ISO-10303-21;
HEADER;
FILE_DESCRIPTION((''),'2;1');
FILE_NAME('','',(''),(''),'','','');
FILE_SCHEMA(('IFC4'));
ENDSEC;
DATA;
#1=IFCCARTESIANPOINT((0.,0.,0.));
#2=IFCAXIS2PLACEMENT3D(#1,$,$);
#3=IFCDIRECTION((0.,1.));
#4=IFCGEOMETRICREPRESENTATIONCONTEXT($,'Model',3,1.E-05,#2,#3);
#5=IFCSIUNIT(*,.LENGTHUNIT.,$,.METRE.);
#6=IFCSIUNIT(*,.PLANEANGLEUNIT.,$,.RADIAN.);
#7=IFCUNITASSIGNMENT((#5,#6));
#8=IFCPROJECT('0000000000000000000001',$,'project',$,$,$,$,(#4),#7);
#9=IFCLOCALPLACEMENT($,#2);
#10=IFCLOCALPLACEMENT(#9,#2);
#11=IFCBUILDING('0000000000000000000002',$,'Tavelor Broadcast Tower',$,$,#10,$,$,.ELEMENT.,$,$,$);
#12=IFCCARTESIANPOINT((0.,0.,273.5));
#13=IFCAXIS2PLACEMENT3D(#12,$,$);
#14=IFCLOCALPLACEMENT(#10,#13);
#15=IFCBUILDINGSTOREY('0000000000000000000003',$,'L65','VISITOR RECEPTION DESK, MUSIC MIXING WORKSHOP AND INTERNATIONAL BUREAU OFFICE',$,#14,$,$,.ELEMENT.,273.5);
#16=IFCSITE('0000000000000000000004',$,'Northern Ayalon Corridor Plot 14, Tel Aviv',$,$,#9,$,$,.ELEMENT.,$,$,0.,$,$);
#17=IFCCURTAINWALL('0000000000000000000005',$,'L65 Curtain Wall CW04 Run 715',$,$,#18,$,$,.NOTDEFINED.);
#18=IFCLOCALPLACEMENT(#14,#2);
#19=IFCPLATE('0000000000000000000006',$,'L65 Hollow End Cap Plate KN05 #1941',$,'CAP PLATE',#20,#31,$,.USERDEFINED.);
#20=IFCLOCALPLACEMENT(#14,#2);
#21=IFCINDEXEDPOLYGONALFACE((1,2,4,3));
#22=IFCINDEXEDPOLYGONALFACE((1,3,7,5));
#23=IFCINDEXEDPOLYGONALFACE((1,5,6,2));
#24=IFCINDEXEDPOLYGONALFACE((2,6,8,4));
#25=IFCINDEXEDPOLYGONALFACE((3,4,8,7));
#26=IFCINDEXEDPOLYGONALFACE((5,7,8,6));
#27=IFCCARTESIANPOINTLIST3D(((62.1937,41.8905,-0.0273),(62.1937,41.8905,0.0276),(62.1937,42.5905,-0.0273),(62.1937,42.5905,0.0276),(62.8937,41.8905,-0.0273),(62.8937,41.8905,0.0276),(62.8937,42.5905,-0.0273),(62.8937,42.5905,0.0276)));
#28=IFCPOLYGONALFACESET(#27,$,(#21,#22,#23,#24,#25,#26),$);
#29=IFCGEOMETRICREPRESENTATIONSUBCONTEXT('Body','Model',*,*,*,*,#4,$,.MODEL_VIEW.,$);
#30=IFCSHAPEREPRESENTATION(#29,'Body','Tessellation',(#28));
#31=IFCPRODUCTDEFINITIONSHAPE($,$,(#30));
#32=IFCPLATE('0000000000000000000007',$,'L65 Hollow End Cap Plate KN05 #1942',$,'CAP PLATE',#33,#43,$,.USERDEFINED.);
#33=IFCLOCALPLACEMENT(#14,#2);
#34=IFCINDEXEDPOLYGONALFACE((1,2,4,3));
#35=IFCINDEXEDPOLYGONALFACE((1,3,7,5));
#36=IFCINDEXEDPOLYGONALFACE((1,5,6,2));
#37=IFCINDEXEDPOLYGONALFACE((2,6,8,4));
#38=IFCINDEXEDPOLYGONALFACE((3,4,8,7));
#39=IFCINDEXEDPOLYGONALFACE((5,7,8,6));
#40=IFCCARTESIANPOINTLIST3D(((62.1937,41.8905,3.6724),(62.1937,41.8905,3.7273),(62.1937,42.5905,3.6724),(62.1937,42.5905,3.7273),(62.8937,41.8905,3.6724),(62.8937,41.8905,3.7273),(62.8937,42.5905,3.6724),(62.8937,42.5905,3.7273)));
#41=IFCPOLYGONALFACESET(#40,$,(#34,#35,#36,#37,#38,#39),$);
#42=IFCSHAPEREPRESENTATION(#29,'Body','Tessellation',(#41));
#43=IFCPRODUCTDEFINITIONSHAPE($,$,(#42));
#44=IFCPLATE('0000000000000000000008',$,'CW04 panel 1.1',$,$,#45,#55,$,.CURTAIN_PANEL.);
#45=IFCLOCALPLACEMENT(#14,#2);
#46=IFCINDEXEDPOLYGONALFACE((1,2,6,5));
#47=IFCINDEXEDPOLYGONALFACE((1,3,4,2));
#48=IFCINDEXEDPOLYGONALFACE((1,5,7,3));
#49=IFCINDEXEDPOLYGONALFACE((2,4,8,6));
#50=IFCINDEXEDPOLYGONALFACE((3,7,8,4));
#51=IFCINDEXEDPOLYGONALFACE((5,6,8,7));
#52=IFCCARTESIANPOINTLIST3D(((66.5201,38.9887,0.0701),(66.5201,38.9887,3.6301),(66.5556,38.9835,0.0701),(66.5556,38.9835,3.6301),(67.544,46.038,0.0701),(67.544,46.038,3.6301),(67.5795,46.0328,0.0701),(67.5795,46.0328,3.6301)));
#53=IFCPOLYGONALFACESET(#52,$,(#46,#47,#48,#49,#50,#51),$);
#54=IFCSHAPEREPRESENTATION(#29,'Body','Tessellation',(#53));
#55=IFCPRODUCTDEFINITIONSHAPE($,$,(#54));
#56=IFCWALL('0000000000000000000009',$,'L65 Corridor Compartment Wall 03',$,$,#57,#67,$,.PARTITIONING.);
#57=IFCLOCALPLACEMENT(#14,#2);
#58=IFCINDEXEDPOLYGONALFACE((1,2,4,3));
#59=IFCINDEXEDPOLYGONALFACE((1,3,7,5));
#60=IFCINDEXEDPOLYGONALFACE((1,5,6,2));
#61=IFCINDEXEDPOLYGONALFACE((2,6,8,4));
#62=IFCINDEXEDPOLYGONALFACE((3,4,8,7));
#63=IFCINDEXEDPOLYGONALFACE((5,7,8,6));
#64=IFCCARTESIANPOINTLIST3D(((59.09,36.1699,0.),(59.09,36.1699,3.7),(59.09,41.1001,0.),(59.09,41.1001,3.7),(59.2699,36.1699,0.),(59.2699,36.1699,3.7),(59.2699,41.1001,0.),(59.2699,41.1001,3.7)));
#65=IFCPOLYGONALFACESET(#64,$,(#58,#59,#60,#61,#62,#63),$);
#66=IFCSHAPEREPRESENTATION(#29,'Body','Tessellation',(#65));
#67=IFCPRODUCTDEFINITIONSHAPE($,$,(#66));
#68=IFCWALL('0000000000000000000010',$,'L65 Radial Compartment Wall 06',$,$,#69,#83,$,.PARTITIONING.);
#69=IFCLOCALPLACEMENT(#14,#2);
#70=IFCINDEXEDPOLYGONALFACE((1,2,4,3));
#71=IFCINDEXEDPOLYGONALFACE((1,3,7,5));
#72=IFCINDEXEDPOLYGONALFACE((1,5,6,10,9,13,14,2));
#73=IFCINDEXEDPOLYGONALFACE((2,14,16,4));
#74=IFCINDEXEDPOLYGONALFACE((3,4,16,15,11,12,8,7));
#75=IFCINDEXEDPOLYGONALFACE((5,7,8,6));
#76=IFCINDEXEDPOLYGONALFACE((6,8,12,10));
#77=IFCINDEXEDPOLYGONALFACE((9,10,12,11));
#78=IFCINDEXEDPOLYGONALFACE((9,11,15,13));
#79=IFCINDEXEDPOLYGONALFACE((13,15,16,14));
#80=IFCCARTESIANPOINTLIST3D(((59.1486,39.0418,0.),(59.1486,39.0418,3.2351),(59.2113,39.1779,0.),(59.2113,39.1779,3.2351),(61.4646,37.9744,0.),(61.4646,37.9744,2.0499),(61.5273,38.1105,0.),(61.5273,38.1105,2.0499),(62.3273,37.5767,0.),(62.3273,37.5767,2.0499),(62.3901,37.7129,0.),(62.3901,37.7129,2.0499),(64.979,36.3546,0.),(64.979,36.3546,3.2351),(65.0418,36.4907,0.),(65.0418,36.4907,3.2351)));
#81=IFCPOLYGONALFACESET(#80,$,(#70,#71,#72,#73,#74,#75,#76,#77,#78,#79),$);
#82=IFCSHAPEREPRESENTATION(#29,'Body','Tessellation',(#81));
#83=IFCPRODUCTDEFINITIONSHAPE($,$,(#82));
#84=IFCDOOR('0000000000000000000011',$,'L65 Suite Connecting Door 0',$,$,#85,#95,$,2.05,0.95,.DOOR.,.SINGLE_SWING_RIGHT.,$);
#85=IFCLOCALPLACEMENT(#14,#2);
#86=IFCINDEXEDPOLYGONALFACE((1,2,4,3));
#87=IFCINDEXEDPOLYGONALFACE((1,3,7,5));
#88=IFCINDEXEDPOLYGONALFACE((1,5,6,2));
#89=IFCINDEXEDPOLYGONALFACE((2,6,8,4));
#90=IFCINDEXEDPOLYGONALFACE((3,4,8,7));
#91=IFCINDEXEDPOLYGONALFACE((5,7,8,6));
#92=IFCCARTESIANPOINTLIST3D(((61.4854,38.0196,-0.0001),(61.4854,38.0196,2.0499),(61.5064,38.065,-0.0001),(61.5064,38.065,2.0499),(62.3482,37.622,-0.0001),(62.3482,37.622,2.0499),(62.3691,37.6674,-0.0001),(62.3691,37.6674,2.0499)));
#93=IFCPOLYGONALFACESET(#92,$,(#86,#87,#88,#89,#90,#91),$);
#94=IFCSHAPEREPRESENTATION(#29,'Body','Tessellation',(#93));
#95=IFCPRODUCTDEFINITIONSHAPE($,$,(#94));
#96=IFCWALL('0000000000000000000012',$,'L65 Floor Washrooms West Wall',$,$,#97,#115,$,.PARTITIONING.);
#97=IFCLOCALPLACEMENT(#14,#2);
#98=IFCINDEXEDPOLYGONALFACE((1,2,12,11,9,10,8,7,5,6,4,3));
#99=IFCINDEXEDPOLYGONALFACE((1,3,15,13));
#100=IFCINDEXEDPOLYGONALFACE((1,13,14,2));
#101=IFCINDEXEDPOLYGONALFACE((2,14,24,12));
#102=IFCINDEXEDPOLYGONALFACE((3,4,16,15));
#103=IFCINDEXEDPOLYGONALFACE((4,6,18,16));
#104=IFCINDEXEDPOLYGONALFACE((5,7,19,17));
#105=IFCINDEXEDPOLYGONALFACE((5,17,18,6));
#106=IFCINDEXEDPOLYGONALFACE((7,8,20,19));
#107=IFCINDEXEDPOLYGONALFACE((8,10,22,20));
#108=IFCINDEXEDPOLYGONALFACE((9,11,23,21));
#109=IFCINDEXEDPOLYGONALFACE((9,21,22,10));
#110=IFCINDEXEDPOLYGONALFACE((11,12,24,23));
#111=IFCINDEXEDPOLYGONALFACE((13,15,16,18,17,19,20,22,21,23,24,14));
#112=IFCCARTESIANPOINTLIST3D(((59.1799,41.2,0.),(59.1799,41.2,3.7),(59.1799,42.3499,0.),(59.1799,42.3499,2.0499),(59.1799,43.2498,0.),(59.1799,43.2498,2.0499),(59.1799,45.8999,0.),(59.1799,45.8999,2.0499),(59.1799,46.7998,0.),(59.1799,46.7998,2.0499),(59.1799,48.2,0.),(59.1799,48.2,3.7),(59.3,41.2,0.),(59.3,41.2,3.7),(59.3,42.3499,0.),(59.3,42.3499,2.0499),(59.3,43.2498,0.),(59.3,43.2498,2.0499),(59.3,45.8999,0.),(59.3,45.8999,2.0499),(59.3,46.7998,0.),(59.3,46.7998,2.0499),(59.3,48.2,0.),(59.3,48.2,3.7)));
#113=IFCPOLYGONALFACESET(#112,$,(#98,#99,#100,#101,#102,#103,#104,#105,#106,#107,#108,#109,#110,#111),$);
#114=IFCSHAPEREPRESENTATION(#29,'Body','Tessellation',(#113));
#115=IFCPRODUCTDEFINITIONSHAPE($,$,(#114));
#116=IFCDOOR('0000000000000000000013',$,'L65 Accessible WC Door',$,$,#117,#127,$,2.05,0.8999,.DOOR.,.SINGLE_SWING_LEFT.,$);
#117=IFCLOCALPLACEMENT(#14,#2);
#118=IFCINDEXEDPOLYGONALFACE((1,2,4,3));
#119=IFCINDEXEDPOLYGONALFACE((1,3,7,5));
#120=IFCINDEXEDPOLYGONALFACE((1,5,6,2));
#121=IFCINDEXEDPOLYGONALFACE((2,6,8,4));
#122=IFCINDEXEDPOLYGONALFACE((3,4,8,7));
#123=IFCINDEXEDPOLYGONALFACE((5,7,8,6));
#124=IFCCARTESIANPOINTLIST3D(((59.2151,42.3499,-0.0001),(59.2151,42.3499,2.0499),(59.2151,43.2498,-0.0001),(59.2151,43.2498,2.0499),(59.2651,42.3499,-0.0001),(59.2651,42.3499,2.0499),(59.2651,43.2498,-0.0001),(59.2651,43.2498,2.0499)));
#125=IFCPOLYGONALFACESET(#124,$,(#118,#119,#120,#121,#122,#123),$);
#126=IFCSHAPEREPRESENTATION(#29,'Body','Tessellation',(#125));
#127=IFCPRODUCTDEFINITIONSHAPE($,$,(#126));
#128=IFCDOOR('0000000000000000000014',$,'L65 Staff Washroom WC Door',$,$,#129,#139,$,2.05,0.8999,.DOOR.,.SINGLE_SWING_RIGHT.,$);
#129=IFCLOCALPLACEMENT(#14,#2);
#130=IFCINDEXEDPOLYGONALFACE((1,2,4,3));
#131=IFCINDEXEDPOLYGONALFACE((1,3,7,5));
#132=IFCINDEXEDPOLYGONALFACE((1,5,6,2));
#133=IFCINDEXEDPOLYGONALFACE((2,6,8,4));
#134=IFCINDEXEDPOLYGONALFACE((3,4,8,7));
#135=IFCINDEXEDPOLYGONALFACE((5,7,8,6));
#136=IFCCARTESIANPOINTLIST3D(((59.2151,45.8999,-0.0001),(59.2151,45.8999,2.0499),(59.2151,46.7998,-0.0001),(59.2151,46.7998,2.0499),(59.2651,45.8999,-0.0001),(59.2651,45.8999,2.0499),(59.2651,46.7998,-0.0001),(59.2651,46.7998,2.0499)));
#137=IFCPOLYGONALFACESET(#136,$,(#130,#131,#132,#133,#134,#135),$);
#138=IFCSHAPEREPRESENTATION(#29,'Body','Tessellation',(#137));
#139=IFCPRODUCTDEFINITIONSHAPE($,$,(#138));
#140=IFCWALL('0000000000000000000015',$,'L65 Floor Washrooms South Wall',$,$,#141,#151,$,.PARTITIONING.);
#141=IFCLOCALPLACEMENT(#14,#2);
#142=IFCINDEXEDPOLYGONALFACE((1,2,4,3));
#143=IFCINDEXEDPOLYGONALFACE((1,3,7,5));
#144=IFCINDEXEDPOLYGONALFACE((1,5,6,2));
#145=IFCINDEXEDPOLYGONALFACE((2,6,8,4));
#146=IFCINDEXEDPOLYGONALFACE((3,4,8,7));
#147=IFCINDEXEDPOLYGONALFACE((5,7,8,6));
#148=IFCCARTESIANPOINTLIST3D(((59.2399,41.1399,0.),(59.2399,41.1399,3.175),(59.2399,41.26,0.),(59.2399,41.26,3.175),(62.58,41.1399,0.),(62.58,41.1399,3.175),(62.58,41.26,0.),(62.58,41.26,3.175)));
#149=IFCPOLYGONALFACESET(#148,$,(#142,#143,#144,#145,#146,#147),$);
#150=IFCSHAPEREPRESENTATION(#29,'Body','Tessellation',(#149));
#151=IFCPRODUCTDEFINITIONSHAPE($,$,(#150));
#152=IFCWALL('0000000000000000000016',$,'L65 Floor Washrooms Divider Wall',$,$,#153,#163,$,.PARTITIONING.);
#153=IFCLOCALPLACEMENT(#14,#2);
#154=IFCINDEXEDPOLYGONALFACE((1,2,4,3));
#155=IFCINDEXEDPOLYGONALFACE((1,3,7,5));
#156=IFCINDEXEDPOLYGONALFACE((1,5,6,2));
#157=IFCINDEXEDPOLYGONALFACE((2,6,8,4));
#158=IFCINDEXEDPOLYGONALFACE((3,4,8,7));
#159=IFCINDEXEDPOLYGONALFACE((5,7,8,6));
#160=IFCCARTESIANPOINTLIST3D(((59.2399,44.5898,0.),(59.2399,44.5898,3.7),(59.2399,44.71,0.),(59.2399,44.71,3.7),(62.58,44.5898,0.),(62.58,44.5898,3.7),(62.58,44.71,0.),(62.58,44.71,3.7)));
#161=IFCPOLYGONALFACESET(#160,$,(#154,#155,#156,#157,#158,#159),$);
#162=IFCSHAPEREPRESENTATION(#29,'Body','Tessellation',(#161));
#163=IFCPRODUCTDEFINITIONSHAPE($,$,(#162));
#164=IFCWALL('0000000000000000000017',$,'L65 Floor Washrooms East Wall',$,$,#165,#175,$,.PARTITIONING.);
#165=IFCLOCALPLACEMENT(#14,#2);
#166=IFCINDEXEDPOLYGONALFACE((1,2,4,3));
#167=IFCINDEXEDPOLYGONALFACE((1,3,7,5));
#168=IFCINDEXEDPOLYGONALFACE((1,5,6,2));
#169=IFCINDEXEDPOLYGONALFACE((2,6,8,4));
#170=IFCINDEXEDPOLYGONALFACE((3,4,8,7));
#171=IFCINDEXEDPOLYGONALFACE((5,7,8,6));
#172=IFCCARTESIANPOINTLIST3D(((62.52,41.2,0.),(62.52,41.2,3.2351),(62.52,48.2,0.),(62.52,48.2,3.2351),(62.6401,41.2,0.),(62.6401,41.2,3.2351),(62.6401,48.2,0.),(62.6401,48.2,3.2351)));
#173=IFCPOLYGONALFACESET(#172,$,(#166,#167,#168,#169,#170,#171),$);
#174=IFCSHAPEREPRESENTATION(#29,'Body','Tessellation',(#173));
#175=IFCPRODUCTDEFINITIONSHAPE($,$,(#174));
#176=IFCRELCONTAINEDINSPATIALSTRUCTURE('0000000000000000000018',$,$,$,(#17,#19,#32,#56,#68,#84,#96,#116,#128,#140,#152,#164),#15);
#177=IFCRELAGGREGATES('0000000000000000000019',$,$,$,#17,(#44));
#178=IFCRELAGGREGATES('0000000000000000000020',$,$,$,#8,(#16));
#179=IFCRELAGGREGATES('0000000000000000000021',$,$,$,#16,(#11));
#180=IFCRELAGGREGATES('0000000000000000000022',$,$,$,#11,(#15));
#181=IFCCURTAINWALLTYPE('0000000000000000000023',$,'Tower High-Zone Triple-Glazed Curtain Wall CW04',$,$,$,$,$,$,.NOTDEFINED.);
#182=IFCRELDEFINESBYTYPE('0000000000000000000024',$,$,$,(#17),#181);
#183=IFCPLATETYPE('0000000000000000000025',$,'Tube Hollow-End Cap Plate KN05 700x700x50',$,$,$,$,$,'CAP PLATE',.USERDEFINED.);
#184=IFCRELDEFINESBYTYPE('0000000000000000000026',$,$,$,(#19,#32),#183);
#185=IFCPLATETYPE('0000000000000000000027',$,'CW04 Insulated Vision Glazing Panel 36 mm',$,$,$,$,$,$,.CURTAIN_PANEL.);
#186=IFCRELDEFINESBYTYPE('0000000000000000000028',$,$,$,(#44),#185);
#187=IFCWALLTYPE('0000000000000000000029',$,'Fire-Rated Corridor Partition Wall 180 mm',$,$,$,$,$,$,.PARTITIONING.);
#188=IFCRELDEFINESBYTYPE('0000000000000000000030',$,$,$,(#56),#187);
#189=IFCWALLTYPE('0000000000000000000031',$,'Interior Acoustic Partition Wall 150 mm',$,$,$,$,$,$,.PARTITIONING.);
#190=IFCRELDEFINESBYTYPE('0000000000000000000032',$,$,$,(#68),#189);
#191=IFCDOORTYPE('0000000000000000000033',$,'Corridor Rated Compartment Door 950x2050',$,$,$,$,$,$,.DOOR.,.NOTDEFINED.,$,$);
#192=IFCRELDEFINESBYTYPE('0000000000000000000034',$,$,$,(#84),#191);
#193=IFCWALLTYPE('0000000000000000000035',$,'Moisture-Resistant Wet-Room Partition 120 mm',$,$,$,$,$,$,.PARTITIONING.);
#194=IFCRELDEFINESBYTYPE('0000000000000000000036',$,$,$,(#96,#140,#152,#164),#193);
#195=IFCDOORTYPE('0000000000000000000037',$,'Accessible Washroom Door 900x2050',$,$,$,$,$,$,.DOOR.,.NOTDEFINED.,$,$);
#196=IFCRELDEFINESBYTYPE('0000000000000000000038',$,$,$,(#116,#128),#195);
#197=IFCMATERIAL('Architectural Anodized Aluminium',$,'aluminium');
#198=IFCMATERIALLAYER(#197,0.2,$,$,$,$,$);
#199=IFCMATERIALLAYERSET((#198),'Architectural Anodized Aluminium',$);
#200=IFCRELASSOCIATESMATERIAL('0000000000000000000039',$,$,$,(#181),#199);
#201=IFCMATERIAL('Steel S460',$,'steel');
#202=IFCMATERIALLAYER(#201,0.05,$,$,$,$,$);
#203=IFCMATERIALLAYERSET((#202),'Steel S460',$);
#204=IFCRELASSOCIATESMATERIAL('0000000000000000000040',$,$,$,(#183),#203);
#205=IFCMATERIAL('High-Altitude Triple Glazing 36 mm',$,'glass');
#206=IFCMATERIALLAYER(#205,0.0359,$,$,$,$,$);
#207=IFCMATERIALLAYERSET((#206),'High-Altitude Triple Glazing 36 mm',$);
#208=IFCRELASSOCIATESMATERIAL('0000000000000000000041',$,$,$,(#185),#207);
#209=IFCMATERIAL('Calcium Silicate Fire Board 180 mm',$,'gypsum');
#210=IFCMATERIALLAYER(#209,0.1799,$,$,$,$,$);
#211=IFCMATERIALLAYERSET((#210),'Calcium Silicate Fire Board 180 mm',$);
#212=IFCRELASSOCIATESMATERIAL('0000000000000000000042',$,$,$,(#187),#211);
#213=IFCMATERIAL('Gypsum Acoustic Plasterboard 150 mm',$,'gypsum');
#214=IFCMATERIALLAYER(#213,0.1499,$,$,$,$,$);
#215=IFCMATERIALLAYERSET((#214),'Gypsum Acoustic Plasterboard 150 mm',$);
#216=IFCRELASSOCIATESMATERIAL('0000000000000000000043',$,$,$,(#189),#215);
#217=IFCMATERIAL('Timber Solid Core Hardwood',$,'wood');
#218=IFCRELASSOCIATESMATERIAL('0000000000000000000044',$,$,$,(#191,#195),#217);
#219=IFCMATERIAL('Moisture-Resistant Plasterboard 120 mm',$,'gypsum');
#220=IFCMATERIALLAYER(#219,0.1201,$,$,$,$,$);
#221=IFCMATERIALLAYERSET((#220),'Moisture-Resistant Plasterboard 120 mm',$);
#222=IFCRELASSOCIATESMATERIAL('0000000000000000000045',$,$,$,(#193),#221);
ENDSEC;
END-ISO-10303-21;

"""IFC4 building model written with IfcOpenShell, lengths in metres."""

from ifc_helpers import new_model, si_unit, direction, frame, frame_2d, origin, origin_2d, place, context, subcontext, project, spatial, rectangle, extrude, source, transform, mapped, material, layer, layer_set, type_object, type_shapes, element, fill, aggregate, save


model = new_model("IFC4")

# Units and contexts
model_context = context("Model", 3, precision=1e-05, world=origin(), true_north=direction((0.0, 1.0)))
body_context = subcontext(model_context, "Body", "Model", "MODEL_VIEW")
ifc_project = project(units=[si_unit("LENGTHUNIT", "METRE"), si_unit("PLANEANGLEUNIT", "RADIAN")], contexts=[model_context])

# Site, building, storey
site_placement = place(None, origin())
site = spatial("IfcSite", under=ifc_project, at=site_placement, Name="Northern Ayalon Corridor Plot 14, Tel Aviv", CompositionType="ELEMENT", RefElevation=0.0)
building_placement = place(site_placement, origin())
building = spatial("IfcBuilding", under=site, at=building_placement, Name="Tavelor Broadcast Tower", CompositionType="ELEMENT")
storey_placement = place(building_placement, frame((0.0, 0.0, 273.5)))
storey = spatial("IfcBuildingStorey", under=building, at=storey_placement, Name="L65", Description="VISITOR RECEPTION DESK, MUSIC MIXING WORKSHOP AND INTERNATIONAL BUREAU OFFICE", CompositionType="ELEMENT", Elevation=273.5)

# Shared definitions
ifc_material_1 = material(Name="Steel S460", Category="steel")

# Shared definitions
ifc_material_2 = material(Name="Architectural Anodized Aluminium", Category="aluminium")
ifc_layer_1 = layer(ifc_material_2, 0.2)
ifc_layer_set_1 = layer_set([ifc_layer_1], Name="Architectural Anodized Aluminium")
curtain_wall_type = type_object("IfcCurtainWallType", Name="Tower High-Zone Triple-Glazed Curtain Wall CW04", PredefinedType="NOTDEFINED", material=ifc_layer_set_1)

# Curtain wall
curtain_wall_1_placement = place(storey_placement, origin())
curtain_wall_1 = element("IfcCurtainWall", 1, at=curtain_wall_1_placement, inside=storey, type_object=curtain_wall_type, Name="L65 Curtain Wall CW04 Run 715", PredefinedType="NOTDEFINED")

# Plates
ifc_layer_2 = layer(ifc_material_1, 0.05)
ifc_layer_set_2 = layer_set([ifc_layer_2], Name="Steel S460")
plate_type_1 = type_object("IfcPlateType", Name="Tube Hollow-End Cap Plate KN05 700x700x50", ElementType="CAP PLATE", PredefinedType="USERDEFINED", material=ifc_layer_set_2)
shared_shape_1 = source(origin(), body_context, "Body", "SweptSolid", [
    extrude(rectangle(XDim=0.7, YDim=0.7, at=origin_2d()), origin(), (0.0, 0.0, 1.0), 0.0549),
])
type_shapes(plate_type_1, [shared_shape_1])
for number, where, z_axis, x_axis, name in (
    (2, (62.5437, 42.2405, -0.0273), (0.0, 0.0, 1.0), (1.0, 0.0, 0.0), "L65 Hollow End Cap Plate KN05 #1941"),
    (3, (62.5437, 42.2405, 3.6724), (0.0, 0.0, 1.0), (1.0, 0.0, 0.0), "L65 Hollow End Cap Plate KN05 #1942"),
):
    element("IfcPlate", number, at=place(storey_placement, frame(where, z_axis=z_axis, x_axis=x_axis)), inside=storey, type_object=plate_type_1, Name=name, ObjectType="CAP PLATE", PredefinedType="USERDEFINED", context=body_context, shape_type="MappedRepresentation", body=[
        mapped(shared_shape_1, transform((0.0, 0.0, 0.0), scale=1.0)),
    ])

# Plate
ifc_material_3 = material(Name="High-Altitude Triple Glazing 36 mm", Category="glass")
ifc_layer_3 = layer(ifc_material_3, 0.0359)
ifc_layer_set_3 = layer_set([ifc_layer_3], Name="High-Altitude Triple Glazing 36 mm")
plate_type_2 = type_object("IfcPlateType", Name="CW04 Insulated Vision Glazing Panel 36 mm", PredefinedType="CURTAIN_PANEL", material=ifc_layer_set_3)
shared_shape_2 = source(origin(), body_context, "Body", "SweptSolid", [
    extrude(rectangle(XDim=7.1233, YDim=0.0359, at=origin_2d()), origin(), (0.0, 0.0, 1.0), 3.5601),
])
type_shapes(plate_type_2, [shared_shape_2])
plate_placement = place(storey_placement, frame((67.0498, 42.5107, 0.0701), z_axis=(0.0, 0.0, 1.0), x_axis=(0.143736, 0.989616, 0.0)))
plate = element("IfcPlate", 4, at=plate_placement, type_object=plate_type_2, Name="CW04 panel 1.1", PredefinedType="CURTAIN_PANEL", context=body_context, shape_type="MappedRepresentation", body=[
    mapped(shared_shape_2, transform((0.0, 0.0, 0.0), scale=1.0)),
])
aggregate(curtain_wall_1, [plate])

# Wall
ifc_material_4 = material(Name="Calcium Silicate Fire Board 180 mm", Category="gypsum")
ifc_layer_4 = layer(ifc_material_4, 0.1799)
ifc_layer_set_4 = layer_set([ifc_layer_4], Name="Calcium Silicate Fire Board 180 mm")
wall_type_1 = type_object("IfcWallType", Name="Fire-Rated Corridor Partition Wall 180 mm", PredefinedType="PARTITIONING", material=ifc_layer_set_4)
wall_1_placement = place(storey_placement, frame((59.1799, 41.1001, 0.0), z_axis=(0.0, 0.0, 1.0), x_axis=(0.0, -1.0, 0.0)))
element("IfcWall", 5, at=wall_1_placement, inside=storey, type_object=wall_type_1, Name="L65 Corridor Compartment Wall 03", PredefinedType="PARTITIONING", context=body_context, shape_type="SweptSolid", body=[
    extrude(rectangle(XDim=4.9302, YDim=0.1799, at=frame_2d((2.4651, 0.0))), origin(), (0.0, 0.0, 1.0), 3.7),
])

# Wall, opening, door
ifc_material_5 = material(Name="Gypsum Acoustic Plasterboard 150 mm", Category="gypsum")
ifc_layer_5 = layer(ifc_material_5, 0.1499)
ifc_layer_set_5 = layer_set([ifc_layer_5], Name="Gypsum Acoustic Plasterboard 150 mm")
wall_type_2 = type_object("IfcWallType", Name="Interior Acoustic Partition Wall 150 mm", PredefinedType="PARTITIONING", material=ifc_layer_set_5)
wall_2_placement = place(storey_placement, frame((59.1799, 39.1099, 0.0), z_axis=(0.0, 0.0, 1.0), x_axis=(0.908183, -0.418573, 0.0)))
wall_2 = element("IfcWall", 6, at=wall_2_placement, inside=storey, type_object=wall_type_2, Name="L65 Radial Compartment Wall 06", PredefinedType="PARTITIONING", context=body_context, shape_type="SweptSolid", body=[
    extrude(rectangle(XDim=6.4199, YDim=0.1499, at=frame_2d((3.21, 0.0))), origin(), (0.0, 0.0, 1.0), 3.2351),
])
opening_1_placement = place(wall_2_placement, frame((2.55, 0.0, 0.0)))
opening_1 = element("IfcOpeningElement", 7, at=opening_1_placement, cuts=wall_2, PredefinedType="OPENING", context=body_context, shape_type="SweptSolid", body=[
    extrude(rectangle(XDim=0.95, YDim=2.05, at=frame_2d((0.4751, 1.0249))), frame((0.0, 0.085, 0.0), z_axis=(0.0, -1.0, 0.0), x_axis=(1.0, 0.0, 0.0)), (0.0, 0.0, 1.0), 0.1699),
])
ifc_material_6 = material(Name="Timber Solid Core Hardwood", Category="wood")
door_type_1 = type_object("IfcDoorType", Name="Corridor Rated Compartment Door 950x2050", OperationType="NOTDEFINED", PredefinedType="DOOR", material=ifc_material_6)
door_1_placement = place(opening_1_placement, origin())
door_1 = element("IfcDoor", 8, at=door_1_placement, inside=storey, type_object=door_type_1, Name="L65 Suite Connecting Door 0", OperationType="SINGLE_SWING_RIGHT", OverallHeight=2.05, OverallWidth=0.95, PredefinedType="DOOR", context=body_context, shape_type="SweptSolid", body=[
    extrude(rectangle(XDim=0.95, YDim=2.05, at=frame_2d((0.4751, 1.0249))), frame((0.0, 0.0249, 0.0), z_axis=(0.0, -1.0, 0.0), x_axis=(1.0, 0.0, 0.0)), (0.0, 0.0, 1.0), 0.05),
])
fill(opening_1, door_1)

# Wall, openings, doors
ifc_material_7 = material(Name="Moisture-Resistant Plasterboard 120 mm", Category="gypsum")
ifc_layer_6 = layer(ifc_material_7, 0.1201)
ifc_layer_set_6 = layer_set([ifc_layer_6], Name="Moisture-Resistant Plasterboard 120 mm")
wall_type_3 = type_object("IfcWallType", Name="Moisture-Resistant Wet-Room Partition 120 mm", PredefinedType="PARTITIONING", material=ifc_layer_set_6)
wall_3_placement = place(storey_placement, frame((59.24, 41.2, 0.0), z_axis=(0.0, 0.0, 1.0), x_axis=(0.0, 1.0, 0.0)))
wall_3 = element("IfcWall", 9, at=wall_3_placement, inside=storey, type_object=wall_type_3, Name="L65 Floor Washrooms West Wall", PredefinedType="PARTITIONING", context=body_context, shape_type="SweptSolid", body=[
    extrude(rectangle(XDim=7.0, YDim=0.1201, at=frame_2d((3.5, 0.0))), origin(), (0.0, 0.0, 1.0), 3.7),
])
opening_2_placement = place(wall_3_placement, frame((1.1499, 0.0, 0.0)))
opening_2 = element("IfcOpeningElement", 10, at=opening_2_placement, cuts=wall_3, PredefinedType="OPENING", context=body_context, shape_type="SweptSolid", body=[
    extrude(rectangle(XDim=0.8999, YDim=2.05, at=frame_2d((0.45, 1.0249))), frame((0.0, 0.0701, 0.0), z_axis=(0.0, -1.0, 0.0), x_axis=(1.0, 0.0, 0.0)), (0.0, 0.0, 1.0), 0.1401),
])
opening_3_placement = place(wall_3_placement, frame((4.7, 0.0, 0.0)))
opening_3 = element("IfcOpeningElement", 11, at=opening_3_placement, cuts=wall_3, PredefinedType="OPENING", context=body_context, shape_type="SweptSolid", body=[
    extrude(rectangle(XDim=0.8999, YDim=2.05, at=frame_2d((0.45, 1.0249))), frame((0.0, 0.0701, 0.0), z_axis=(0.0, -1.0, 0.0), x_axis=(1.0, 0.0, 0.0)), (0.0, 0.0, 1.0), 0.1401),
])
door_type_2 = type_object("IfcDoorType", Name="Accessible Washroom Door 900x2050", OperationType="NOTDEFINED", PredefinedType="DOOR", material=ifc_material_6)
door_2_placement = place(opening_2_placement, origin())
door_2 = element("IfcDoor", 12, at=door_2_placement, inside=storey, type_object=door_type_2, Name="L65 Accessible WC Door", OperationType="SINGLE_SWING_LEFT", OverallHeight=2.05, OverallWidth=0.8999, PredefinedType="DOOR", context=body_context, shape_type="SweptSolid", body=[
    extrude(rectangle(XDim=0.8999, YDim=2.05, at=frame_2d((0.45, 1.0249))), frame((0.0, 0.0249, 0.0), z_axis=(0.0, -1.0, 0.0), x_axis=(1.0, 0.0, 0.0)), (0.0, 0.0, 1.0), 0.05),
])
fill(opening_2, door_2)
door_3_placement = place(opening_3_placement, origin())
door_3 = element("IfcDoor", 13, at=door_3_placement, inside=storey, type_object=door_type_2, Name="L65 Staff Washroom WC Door", OperationType="SINGLE_SWING_RIGHT", OverallHeight=2.05, OverallWidth=0.8999, PredefinedType="DOOR", context=body_context, shape_type="SweptSolid", body=[
    extrude(rectangle(XDim=0.8999, YDim=2.05, at=frame_2d((0.45, 1.0249))), frame((0.0, 0.0249, 0.0), z_axis=(0.0, -1.0, 0.0), x_axis=(1.0, 0.0, 0.0)), (0.0, 0.0, 1.0), 0.05),
])
fill(opening_3, door_3)

# Walls
wall_4_placement = place(storey_placement, frame((59.24, 41.2, 0.0), z_axis=(0.0, 0.0, 1.0), x_axis=(1.0, 0.0, 0.0)))
element("IfcWall", 14, at=wall_4_placement, inside=storey, type_object=wall_type_3, Name="L65 Floor Washrooms South Wall", PredefinedType="PARTITIONING", context=body_context, shape_type="SweptSolid", body=[
    extrude(rectangle(XDim=3.3401, YDim=0.1201, at=frame_2d((1.6699, 0.0))), origin(), (0.0, 0.0, 1.0), 3.175),
])
wall_5_placement = place(storey_placement, frame((59.24, 44.6499, 0.0), z_axis=(0.0, 0.0, 1.0), x_axis=(1.0, 0.0, 0.0)))
element("IfcWall", 15, at=wall_5_placement, inside=storey, type_object=wall_type_3, Name="L65 Floor Washrooms Divider Wall", PredefinedType="PARTITIONING", context=body_context, shape_type="SweptSolid", body=[
    extrude(rectangle(XDim=3.3401, YDim=0.1201, at=frame_2d((1.6699, 0.0))), origin(), (0.0, 0.0, 1.0), 3.7),
])
wall_6_placement = place(storey_placement, frame((62.5801, 41.2, 0.0), z_axis=(0.0, 0.0, 1.0), x_axis=(0.0, 1.0, 0.0)))
element("IfcWall", 16, at=wall_6_placement, inside=storey, type_object=wall_type_3, Name="L65 Floor Washrooms East Wall", PredefinedType="PARTITIONING", context=body_context, shape_type="SweptSolid", body=[
    extrude(rectangle(XDim=7.0, YDim=0.1201, at=frame_2d((3.5, 0.0))), origin(), (0.0, 0.0, 1.0), 3.2351),
])

save(model, "model.ifc")
